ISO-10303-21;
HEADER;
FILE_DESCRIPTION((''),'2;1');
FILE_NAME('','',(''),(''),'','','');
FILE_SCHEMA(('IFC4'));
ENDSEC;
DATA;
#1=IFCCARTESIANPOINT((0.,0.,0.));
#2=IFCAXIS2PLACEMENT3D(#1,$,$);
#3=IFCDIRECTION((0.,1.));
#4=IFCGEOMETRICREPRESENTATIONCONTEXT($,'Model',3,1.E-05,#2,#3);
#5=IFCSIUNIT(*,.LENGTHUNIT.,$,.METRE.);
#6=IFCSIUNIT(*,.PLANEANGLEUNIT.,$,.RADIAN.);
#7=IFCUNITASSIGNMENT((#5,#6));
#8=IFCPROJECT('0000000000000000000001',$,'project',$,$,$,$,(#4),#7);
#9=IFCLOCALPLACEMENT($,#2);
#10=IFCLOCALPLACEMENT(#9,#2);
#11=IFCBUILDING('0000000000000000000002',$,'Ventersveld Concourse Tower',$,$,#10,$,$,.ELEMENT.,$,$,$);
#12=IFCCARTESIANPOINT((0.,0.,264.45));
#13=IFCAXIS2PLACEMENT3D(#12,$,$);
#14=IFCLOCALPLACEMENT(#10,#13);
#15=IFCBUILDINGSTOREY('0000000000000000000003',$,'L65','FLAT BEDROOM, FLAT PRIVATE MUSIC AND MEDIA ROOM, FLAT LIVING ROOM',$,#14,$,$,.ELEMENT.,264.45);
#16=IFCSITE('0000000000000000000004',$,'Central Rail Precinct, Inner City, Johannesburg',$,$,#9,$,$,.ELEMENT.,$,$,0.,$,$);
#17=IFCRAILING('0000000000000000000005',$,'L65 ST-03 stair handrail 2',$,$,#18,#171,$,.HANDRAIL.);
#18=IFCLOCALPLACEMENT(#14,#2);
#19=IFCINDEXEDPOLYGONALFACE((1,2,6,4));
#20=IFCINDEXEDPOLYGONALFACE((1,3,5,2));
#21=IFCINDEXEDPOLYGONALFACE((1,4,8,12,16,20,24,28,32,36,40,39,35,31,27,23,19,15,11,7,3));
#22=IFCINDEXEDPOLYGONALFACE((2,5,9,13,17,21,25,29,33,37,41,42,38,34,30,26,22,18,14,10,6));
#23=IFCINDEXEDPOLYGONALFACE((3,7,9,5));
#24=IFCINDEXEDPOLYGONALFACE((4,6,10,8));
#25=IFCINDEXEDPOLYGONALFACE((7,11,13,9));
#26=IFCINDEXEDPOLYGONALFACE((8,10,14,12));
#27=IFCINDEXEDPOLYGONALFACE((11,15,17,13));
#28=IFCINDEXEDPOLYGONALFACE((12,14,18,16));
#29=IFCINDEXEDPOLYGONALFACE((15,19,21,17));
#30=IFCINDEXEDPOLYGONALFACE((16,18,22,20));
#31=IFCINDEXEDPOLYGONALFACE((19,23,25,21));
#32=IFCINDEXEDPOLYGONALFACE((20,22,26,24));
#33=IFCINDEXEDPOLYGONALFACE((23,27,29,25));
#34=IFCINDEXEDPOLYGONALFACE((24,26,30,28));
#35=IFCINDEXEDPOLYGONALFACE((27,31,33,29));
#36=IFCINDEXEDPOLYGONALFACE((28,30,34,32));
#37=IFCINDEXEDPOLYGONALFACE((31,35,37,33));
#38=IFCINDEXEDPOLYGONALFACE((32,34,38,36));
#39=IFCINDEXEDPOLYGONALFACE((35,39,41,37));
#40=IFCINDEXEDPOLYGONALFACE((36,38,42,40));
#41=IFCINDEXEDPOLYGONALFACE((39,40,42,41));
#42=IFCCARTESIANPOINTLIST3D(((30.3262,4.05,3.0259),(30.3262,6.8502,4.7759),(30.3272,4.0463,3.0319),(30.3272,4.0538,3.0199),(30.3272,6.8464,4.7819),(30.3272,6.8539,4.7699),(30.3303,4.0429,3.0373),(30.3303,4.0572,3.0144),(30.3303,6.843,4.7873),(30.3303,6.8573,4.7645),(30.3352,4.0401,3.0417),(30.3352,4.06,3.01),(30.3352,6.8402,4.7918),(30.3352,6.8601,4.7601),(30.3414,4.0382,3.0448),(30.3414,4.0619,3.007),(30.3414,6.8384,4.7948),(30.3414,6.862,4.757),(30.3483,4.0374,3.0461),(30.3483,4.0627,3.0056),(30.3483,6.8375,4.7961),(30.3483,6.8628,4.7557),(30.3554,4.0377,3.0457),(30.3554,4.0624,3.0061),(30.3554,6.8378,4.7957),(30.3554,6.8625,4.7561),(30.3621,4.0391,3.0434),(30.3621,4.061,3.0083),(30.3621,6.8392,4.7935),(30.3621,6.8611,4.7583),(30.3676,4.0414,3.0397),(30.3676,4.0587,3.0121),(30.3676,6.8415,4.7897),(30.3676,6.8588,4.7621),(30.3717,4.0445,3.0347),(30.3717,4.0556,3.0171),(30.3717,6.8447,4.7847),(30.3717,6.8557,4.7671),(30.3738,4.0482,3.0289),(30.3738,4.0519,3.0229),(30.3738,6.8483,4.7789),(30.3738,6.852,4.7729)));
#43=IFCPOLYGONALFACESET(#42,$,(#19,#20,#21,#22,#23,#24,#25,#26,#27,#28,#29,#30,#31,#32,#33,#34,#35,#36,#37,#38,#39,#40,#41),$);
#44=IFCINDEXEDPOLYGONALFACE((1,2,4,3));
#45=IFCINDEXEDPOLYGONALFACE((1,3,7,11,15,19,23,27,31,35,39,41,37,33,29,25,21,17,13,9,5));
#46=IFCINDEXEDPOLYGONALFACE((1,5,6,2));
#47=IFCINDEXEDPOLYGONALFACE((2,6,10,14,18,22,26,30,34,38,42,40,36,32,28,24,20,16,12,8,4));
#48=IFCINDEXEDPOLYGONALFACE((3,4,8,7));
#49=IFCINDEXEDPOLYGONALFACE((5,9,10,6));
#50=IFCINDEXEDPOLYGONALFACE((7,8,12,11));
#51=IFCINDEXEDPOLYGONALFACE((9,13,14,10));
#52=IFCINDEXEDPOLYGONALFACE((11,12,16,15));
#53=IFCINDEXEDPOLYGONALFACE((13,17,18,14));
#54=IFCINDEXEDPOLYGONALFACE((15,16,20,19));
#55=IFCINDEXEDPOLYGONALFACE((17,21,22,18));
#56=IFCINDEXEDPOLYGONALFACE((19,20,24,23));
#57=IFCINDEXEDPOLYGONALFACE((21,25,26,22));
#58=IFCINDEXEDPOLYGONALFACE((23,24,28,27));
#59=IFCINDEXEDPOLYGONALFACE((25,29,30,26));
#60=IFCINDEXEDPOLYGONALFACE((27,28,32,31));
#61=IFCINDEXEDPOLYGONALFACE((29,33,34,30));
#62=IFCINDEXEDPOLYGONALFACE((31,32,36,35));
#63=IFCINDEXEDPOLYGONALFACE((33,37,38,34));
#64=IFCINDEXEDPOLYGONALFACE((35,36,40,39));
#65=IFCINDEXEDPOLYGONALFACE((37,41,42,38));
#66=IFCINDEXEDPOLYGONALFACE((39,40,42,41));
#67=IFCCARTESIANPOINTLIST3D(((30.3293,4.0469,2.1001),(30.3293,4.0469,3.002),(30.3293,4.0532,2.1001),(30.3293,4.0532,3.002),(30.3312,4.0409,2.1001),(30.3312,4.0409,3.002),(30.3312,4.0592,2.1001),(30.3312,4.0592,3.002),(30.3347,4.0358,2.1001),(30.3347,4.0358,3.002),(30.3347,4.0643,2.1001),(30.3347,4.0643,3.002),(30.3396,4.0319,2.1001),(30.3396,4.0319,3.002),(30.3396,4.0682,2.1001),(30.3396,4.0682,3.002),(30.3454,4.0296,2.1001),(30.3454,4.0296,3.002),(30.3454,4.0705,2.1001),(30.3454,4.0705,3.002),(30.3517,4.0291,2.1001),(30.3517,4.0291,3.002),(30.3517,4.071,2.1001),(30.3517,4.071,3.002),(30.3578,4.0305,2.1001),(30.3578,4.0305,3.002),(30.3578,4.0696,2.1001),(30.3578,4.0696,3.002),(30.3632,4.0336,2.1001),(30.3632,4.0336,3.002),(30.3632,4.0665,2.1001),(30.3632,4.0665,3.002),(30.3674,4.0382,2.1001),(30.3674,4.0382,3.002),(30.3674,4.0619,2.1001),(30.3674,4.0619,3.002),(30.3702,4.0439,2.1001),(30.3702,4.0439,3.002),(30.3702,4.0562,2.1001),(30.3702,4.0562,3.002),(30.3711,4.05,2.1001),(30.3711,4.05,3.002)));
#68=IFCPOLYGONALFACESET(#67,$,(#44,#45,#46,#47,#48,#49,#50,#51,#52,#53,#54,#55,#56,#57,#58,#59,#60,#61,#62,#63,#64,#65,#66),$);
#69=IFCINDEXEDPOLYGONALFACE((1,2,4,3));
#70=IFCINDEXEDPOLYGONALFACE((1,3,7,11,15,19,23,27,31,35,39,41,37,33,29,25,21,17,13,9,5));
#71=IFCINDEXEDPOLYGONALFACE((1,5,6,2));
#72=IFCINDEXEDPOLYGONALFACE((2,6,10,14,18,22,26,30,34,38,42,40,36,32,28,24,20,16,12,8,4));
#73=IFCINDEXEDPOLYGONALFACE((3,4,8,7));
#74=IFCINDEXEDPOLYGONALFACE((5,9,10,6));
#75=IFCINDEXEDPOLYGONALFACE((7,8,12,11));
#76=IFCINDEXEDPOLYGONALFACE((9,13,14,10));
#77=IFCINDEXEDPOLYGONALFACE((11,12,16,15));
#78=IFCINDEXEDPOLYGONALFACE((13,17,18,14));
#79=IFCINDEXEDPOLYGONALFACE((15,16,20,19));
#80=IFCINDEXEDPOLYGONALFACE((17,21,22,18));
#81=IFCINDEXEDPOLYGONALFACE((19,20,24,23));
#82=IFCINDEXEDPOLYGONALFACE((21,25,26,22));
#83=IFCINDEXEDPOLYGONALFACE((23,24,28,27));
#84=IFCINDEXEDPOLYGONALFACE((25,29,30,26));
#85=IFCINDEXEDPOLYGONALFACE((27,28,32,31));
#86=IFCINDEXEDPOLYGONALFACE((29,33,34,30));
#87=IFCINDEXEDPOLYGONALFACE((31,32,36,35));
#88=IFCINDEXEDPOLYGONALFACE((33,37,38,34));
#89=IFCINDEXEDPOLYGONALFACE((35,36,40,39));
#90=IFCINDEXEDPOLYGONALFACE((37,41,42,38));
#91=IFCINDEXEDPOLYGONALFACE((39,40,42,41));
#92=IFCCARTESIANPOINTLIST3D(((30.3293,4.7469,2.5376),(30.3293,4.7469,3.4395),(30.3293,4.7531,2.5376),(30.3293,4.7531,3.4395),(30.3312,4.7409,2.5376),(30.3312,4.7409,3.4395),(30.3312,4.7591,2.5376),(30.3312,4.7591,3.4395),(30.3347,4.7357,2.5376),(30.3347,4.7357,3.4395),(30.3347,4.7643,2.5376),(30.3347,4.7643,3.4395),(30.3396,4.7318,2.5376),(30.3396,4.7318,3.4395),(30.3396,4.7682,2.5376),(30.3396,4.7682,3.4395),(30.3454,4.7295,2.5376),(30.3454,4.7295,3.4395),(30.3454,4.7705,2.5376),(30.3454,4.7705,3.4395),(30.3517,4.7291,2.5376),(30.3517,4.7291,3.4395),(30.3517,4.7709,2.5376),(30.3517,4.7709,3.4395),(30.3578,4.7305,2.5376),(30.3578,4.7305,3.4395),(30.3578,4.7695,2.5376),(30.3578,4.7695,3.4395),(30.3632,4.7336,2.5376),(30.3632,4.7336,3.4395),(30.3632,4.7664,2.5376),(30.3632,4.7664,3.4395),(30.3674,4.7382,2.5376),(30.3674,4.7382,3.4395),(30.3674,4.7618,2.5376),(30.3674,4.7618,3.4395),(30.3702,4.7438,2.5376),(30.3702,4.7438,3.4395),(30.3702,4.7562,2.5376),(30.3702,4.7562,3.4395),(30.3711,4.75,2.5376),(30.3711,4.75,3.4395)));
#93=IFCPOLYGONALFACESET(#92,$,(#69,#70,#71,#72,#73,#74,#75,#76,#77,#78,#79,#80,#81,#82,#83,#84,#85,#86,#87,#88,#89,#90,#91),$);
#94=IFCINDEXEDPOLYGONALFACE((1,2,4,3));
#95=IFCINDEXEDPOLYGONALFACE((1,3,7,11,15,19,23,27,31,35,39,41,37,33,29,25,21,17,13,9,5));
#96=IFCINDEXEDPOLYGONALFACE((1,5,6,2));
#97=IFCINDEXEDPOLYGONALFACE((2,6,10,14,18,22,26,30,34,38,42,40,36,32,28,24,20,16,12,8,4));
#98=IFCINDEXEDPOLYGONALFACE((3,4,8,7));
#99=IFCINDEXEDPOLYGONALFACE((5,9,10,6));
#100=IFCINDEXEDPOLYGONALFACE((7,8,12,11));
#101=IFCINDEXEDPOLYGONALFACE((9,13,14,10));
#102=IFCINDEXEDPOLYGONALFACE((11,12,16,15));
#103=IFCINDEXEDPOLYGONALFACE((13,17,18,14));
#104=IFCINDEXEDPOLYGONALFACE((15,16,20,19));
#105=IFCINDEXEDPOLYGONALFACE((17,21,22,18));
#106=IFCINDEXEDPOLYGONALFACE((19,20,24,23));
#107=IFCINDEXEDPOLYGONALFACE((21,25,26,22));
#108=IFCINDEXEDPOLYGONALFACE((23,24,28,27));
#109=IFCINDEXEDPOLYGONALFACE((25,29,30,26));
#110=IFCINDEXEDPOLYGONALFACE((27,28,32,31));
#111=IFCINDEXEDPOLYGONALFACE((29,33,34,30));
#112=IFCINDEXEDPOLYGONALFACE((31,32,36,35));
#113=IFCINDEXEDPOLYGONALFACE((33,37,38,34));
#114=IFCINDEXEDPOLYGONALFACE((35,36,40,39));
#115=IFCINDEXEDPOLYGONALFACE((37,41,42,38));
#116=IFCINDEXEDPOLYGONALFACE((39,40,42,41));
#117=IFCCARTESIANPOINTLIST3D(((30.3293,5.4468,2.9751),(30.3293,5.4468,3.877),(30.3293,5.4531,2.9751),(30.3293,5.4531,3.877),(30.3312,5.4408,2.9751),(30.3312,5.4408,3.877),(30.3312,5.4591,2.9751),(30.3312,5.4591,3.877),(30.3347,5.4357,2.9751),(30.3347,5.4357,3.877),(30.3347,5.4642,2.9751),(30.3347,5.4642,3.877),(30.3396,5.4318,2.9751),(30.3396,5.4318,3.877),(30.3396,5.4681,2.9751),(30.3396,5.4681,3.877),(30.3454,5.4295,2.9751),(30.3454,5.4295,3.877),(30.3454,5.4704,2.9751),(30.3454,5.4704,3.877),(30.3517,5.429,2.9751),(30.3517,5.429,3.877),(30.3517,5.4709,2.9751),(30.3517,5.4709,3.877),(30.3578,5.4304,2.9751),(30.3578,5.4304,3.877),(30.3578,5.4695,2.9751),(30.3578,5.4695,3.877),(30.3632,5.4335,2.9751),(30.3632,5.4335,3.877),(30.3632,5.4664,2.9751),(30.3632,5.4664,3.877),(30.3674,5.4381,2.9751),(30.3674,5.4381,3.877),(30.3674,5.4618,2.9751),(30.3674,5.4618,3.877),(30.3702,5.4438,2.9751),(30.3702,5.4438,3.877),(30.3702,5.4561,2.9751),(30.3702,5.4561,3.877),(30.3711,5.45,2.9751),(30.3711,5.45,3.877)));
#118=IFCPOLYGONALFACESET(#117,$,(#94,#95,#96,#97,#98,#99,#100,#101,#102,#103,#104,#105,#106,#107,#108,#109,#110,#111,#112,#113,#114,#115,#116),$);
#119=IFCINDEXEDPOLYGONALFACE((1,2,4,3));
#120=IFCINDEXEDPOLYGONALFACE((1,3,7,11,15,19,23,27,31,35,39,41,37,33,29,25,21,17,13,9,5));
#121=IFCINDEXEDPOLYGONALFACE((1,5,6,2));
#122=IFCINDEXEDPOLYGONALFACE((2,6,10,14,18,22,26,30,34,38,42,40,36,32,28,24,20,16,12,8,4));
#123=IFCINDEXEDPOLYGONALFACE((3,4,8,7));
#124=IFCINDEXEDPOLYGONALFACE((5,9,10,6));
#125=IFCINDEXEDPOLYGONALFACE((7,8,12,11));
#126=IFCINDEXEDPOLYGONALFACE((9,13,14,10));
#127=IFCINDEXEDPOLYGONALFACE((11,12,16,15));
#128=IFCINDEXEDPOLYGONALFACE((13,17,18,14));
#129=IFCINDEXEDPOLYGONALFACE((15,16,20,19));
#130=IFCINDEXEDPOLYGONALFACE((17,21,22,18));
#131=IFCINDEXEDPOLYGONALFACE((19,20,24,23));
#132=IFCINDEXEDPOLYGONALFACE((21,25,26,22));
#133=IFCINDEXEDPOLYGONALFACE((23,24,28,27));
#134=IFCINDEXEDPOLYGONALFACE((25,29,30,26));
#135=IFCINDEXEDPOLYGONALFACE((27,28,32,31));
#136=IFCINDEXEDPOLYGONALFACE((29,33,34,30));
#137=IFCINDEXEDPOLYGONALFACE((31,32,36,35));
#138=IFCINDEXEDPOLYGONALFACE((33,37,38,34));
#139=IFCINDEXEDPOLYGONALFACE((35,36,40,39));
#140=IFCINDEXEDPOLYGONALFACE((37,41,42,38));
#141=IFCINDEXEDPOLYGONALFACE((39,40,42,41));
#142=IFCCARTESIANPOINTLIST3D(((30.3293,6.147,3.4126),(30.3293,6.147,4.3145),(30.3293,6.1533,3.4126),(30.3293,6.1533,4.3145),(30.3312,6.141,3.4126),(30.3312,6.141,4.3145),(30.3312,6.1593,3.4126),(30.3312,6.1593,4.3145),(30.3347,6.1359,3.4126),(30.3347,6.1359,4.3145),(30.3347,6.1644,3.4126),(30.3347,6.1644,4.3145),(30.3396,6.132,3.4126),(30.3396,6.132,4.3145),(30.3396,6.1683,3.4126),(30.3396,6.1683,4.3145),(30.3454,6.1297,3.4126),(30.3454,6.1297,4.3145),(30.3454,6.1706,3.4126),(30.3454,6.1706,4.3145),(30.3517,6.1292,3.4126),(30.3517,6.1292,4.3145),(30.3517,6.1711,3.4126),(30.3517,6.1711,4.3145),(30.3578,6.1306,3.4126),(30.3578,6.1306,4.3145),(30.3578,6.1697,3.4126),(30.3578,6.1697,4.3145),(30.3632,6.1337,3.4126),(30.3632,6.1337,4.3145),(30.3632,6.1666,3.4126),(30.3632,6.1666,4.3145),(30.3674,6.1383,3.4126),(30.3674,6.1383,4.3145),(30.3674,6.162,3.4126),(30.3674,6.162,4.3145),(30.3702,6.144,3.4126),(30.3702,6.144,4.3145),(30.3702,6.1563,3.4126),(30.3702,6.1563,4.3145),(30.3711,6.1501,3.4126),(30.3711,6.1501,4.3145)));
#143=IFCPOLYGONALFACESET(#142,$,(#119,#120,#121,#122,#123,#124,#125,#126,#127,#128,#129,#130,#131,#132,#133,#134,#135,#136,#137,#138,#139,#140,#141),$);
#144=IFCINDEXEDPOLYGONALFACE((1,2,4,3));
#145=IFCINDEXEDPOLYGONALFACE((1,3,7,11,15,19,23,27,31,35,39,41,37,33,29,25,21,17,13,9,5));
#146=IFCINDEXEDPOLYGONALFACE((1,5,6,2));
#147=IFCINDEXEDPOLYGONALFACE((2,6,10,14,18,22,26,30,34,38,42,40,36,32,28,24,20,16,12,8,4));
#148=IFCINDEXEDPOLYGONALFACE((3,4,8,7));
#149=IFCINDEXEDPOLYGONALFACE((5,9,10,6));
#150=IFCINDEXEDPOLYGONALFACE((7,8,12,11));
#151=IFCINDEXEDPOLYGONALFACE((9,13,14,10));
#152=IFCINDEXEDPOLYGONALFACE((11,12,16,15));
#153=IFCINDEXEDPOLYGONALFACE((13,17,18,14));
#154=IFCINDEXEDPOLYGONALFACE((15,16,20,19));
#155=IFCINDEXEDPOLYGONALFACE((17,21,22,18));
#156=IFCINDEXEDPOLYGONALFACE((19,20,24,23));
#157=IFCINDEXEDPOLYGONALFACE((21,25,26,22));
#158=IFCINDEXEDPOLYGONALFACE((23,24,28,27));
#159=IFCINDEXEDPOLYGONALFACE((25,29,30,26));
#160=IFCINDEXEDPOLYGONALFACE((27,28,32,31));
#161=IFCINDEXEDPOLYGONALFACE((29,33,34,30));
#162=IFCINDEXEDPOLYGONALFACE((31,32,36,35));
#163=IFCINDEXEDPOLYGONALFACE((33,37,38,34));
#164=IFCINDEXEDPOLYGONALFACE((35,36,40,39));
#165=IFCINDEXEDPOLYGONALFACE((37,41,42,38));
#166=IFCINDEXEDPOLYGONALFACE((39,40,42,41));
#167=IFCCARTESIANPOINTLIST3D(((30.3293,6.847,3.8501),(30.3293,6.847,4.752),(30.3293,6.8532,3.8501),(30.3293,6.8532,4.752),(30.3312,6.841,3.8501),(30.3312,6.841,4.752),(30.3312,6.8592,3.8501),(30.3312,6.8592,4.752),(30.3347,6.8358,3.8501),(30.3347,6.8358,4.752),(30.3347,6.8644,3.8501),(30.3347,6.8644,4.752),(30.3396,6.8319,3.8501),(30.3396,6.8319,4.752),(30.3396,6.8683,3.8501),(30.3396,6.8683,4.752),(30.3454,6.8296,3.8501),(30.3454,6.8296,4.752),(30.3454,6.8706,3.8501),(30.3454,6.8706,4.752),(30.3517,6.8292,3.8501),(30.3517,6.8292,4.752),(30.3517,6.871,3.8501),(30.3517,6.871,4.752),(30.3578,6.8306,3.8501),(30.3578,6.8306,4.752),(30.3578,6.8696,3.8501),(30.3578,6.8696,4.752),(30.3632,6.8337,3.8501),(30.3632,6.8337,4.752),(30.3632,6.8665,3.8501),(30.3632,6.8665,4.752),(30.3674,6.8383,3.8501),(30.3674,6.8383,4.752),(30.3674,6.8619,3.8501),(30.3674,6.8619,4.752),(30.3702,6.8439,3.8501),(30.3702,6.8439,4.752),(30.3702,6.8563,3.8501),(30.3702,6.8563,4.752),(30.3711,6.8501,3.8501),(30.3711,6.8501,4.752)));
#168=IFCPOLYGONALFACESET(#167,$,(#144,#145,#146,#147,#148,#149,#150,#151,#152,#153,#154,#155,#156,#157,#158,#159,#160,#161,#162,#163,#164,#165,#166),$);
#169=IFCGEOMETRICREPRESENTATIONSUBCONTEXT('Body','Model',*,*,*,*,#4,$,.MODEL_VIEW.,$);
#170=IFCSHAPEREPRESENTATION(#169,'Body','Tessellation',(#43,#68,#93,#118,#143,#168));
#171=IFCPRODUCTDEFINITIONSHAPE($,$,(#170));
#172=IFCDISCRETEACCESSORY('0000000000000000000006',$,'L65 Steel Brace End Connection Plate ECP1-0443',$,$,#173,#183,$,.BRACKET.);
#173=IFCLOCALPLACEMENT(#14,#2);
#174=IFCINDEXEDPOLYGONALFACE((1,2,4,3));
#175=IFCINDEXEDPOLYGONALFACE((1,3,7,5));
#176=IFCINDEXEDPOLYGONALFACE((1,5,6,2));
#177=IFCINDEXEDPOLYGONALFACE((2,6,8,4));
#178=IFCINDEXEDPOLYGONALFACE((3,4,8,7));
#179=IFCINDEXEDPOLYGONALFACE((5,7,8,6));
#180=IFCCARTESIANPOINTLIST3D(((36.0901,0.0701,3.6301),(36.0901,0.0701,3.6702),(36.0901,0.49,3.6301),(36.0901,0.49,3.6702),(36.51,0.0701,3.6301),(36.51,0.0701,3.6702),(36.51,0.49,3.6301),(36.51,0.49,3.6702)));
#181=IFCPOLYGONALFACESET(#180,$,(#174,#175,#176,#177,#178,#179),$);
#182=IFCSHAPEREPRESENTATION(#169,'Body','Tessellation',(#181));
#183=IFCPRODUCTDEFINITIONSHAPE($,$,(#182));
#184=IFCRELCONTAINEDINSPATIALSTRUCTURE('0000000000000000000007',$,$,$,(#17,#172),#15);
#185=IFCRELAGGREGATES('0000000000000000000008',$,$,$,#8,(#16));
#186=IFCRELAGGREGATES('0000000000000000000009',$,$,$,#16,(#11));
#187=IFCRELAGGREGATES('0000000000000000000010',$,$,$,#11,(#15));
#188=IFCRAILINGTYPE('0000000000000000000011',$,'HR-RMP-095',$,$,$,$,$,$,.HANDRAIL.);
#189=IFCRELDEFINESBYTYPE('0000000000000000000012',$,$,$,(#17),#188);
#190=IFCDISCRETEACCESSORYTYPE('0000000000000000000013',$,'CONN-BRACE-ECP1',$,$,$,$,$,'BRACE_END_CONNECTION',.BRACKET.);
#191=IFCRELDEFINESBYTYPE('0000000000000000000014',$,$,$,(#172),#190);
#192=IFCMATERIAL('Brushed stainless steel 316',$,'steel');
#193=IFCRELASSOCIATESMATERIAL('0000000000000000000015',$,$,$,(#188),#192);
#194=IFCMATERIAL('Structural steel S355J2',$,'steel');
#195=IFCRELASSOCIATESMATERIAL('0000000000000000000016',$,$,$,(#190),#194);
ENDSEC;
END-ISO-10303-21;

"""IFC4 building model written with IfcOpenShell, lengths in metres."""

from ifc_helpers import new_model, si_unit, direction, frame, origin, origin_2d, place, context, subcontext, project, spatial, rectangle, circle, extrude, material, type_object, element, save


model = new_model("IFC4")

# Units and contexts
model_context = context("Model", 3, precision=1e-05, world=origin(), true_north=direction((0.0, 1.0)))
body_context = subcontext(model_context, "Body", "Model", "MODEL_VIEW")
ifc_project = project(units=[si_unit("LENGTHUNIT", "METRE"), si_unit("PLANEANGLEUNIT", "RADIAN")], contexts=[model_context])

# Site, building, storey
site_placement = place(None, origin())
site = spatial("IfcSite", under=ifc_project, at=site_placement, Name="Central Rail Precinct, Inner City, Johannesburg", CompositionType="ELEMENT", RefElevation=0.0)
building_placement = place(site_placement, origin())
building = spatial("IfcBuilding", under=site, at=building_placement, Name="Ventersveld Concourse Tower", CompositionType="ELEMENT")
storey_placement = place(building_placement, frame((0.0, 0.0, 264.45)))
storey = spatial("IfcBuildingStorey", under=building, at=storey_placement, Name="L65", Description="FLAT BEDROOM, FLAT PRIVATE MUSIC AND MEDIA ROOM, FLAT LIVING ROOM", CompositionType="ELEMENT", Elevation=264.45)

# Shared definitions
ifc_material_1 = material(Name="Structural steel S355J2", Category="steel")

# Shared definitions
ifc_material_2 = material(Name="Brushed stainless steel 316", Category="steel")

# Railing
railing_type_1 = type_object("IfcRailingType", Name="HR-RMP-095", PredefinedType="HANDRAIL", material=ifc_material_2)
railing_1_placement = place(storey_placement, frame((30.3501, 4.05, 2.1001)))
element("IfcRailing", 1, at=railing_1_placement, inside=storey, type_object=railing_type_1, Name="L65 ST-03 stair handrail 2", PredefinedType="HANDRAIL", context=body_context, shape_type="SweptSolid", body=[
    extrude(circle(Radius=0.0239, at=origin_2d()), frame((0.0, 0.0, 0.9258), z_axis=(0.0, 0.848002, 0.529992), x_axis=(-1.0, 0.0, 0.0)), (0.0, 0.0, 1.0), 3.302),
    extrude(circle(Radius=0.021, at=origin_2d()), origin(), (0.0, 0.0, 1.0), 0.9019),
    extrude(circle(Radius=0.021, at=origin_2d()), frame((0.0, 0.7, 0.4375)), (0.0, 0.0, 1.0), 0.9019),
    extrude(circle(Radius=0.021, at=origin_2d()), frame((0.0, 1.3999, 0.875)), (0.0, 0.0, 1.0), 0.9019),
    extrude(circle(Radius=0.021, at=origin_2d()), frame((0.0, 2.1001, 1.3125)), (0.0, 0.0, 1.0), 0.9019),
    extrude(circle(Radius=0.021, at=origin_2d()), frame((0.0, 2.8, 1.75)), (0.0, 0.0, 1.0), 0.9019),
])

# Discrete accessory
discrete_accessory_type = type_object("IfcDiscreteAccessoryType", Name="CONN-BRACE-ECP1", ElementType="BRACE_END_CONNECTION", PredefinedType="BRACKET", material=ifc_material_1)
discrete_accessory_placement = place(storey_placement, frame((36.3, 0.28, 3.6301), z_axis=(0.0, 0.0, 1.0), x_axis=(1.0, 0.0, 0.0)))
element("IfcDiscreteAccessory", 2, at=discrete_accessory_placement, inside=storey, type_object=discrete_accessory_type, Name="L65 Steel Brace End Connection Plate ECP1-0443", PredefinedType="BRACKET", context=body_context, shape_type="SweptSolid", body=[
    extrude(rectangle(XDim=0.4199, YDim=0.4199, at=origin_2d()), origin(), (0.0, 0.0, 1.0), 0.04),
])

save(model, "model.ifc")
